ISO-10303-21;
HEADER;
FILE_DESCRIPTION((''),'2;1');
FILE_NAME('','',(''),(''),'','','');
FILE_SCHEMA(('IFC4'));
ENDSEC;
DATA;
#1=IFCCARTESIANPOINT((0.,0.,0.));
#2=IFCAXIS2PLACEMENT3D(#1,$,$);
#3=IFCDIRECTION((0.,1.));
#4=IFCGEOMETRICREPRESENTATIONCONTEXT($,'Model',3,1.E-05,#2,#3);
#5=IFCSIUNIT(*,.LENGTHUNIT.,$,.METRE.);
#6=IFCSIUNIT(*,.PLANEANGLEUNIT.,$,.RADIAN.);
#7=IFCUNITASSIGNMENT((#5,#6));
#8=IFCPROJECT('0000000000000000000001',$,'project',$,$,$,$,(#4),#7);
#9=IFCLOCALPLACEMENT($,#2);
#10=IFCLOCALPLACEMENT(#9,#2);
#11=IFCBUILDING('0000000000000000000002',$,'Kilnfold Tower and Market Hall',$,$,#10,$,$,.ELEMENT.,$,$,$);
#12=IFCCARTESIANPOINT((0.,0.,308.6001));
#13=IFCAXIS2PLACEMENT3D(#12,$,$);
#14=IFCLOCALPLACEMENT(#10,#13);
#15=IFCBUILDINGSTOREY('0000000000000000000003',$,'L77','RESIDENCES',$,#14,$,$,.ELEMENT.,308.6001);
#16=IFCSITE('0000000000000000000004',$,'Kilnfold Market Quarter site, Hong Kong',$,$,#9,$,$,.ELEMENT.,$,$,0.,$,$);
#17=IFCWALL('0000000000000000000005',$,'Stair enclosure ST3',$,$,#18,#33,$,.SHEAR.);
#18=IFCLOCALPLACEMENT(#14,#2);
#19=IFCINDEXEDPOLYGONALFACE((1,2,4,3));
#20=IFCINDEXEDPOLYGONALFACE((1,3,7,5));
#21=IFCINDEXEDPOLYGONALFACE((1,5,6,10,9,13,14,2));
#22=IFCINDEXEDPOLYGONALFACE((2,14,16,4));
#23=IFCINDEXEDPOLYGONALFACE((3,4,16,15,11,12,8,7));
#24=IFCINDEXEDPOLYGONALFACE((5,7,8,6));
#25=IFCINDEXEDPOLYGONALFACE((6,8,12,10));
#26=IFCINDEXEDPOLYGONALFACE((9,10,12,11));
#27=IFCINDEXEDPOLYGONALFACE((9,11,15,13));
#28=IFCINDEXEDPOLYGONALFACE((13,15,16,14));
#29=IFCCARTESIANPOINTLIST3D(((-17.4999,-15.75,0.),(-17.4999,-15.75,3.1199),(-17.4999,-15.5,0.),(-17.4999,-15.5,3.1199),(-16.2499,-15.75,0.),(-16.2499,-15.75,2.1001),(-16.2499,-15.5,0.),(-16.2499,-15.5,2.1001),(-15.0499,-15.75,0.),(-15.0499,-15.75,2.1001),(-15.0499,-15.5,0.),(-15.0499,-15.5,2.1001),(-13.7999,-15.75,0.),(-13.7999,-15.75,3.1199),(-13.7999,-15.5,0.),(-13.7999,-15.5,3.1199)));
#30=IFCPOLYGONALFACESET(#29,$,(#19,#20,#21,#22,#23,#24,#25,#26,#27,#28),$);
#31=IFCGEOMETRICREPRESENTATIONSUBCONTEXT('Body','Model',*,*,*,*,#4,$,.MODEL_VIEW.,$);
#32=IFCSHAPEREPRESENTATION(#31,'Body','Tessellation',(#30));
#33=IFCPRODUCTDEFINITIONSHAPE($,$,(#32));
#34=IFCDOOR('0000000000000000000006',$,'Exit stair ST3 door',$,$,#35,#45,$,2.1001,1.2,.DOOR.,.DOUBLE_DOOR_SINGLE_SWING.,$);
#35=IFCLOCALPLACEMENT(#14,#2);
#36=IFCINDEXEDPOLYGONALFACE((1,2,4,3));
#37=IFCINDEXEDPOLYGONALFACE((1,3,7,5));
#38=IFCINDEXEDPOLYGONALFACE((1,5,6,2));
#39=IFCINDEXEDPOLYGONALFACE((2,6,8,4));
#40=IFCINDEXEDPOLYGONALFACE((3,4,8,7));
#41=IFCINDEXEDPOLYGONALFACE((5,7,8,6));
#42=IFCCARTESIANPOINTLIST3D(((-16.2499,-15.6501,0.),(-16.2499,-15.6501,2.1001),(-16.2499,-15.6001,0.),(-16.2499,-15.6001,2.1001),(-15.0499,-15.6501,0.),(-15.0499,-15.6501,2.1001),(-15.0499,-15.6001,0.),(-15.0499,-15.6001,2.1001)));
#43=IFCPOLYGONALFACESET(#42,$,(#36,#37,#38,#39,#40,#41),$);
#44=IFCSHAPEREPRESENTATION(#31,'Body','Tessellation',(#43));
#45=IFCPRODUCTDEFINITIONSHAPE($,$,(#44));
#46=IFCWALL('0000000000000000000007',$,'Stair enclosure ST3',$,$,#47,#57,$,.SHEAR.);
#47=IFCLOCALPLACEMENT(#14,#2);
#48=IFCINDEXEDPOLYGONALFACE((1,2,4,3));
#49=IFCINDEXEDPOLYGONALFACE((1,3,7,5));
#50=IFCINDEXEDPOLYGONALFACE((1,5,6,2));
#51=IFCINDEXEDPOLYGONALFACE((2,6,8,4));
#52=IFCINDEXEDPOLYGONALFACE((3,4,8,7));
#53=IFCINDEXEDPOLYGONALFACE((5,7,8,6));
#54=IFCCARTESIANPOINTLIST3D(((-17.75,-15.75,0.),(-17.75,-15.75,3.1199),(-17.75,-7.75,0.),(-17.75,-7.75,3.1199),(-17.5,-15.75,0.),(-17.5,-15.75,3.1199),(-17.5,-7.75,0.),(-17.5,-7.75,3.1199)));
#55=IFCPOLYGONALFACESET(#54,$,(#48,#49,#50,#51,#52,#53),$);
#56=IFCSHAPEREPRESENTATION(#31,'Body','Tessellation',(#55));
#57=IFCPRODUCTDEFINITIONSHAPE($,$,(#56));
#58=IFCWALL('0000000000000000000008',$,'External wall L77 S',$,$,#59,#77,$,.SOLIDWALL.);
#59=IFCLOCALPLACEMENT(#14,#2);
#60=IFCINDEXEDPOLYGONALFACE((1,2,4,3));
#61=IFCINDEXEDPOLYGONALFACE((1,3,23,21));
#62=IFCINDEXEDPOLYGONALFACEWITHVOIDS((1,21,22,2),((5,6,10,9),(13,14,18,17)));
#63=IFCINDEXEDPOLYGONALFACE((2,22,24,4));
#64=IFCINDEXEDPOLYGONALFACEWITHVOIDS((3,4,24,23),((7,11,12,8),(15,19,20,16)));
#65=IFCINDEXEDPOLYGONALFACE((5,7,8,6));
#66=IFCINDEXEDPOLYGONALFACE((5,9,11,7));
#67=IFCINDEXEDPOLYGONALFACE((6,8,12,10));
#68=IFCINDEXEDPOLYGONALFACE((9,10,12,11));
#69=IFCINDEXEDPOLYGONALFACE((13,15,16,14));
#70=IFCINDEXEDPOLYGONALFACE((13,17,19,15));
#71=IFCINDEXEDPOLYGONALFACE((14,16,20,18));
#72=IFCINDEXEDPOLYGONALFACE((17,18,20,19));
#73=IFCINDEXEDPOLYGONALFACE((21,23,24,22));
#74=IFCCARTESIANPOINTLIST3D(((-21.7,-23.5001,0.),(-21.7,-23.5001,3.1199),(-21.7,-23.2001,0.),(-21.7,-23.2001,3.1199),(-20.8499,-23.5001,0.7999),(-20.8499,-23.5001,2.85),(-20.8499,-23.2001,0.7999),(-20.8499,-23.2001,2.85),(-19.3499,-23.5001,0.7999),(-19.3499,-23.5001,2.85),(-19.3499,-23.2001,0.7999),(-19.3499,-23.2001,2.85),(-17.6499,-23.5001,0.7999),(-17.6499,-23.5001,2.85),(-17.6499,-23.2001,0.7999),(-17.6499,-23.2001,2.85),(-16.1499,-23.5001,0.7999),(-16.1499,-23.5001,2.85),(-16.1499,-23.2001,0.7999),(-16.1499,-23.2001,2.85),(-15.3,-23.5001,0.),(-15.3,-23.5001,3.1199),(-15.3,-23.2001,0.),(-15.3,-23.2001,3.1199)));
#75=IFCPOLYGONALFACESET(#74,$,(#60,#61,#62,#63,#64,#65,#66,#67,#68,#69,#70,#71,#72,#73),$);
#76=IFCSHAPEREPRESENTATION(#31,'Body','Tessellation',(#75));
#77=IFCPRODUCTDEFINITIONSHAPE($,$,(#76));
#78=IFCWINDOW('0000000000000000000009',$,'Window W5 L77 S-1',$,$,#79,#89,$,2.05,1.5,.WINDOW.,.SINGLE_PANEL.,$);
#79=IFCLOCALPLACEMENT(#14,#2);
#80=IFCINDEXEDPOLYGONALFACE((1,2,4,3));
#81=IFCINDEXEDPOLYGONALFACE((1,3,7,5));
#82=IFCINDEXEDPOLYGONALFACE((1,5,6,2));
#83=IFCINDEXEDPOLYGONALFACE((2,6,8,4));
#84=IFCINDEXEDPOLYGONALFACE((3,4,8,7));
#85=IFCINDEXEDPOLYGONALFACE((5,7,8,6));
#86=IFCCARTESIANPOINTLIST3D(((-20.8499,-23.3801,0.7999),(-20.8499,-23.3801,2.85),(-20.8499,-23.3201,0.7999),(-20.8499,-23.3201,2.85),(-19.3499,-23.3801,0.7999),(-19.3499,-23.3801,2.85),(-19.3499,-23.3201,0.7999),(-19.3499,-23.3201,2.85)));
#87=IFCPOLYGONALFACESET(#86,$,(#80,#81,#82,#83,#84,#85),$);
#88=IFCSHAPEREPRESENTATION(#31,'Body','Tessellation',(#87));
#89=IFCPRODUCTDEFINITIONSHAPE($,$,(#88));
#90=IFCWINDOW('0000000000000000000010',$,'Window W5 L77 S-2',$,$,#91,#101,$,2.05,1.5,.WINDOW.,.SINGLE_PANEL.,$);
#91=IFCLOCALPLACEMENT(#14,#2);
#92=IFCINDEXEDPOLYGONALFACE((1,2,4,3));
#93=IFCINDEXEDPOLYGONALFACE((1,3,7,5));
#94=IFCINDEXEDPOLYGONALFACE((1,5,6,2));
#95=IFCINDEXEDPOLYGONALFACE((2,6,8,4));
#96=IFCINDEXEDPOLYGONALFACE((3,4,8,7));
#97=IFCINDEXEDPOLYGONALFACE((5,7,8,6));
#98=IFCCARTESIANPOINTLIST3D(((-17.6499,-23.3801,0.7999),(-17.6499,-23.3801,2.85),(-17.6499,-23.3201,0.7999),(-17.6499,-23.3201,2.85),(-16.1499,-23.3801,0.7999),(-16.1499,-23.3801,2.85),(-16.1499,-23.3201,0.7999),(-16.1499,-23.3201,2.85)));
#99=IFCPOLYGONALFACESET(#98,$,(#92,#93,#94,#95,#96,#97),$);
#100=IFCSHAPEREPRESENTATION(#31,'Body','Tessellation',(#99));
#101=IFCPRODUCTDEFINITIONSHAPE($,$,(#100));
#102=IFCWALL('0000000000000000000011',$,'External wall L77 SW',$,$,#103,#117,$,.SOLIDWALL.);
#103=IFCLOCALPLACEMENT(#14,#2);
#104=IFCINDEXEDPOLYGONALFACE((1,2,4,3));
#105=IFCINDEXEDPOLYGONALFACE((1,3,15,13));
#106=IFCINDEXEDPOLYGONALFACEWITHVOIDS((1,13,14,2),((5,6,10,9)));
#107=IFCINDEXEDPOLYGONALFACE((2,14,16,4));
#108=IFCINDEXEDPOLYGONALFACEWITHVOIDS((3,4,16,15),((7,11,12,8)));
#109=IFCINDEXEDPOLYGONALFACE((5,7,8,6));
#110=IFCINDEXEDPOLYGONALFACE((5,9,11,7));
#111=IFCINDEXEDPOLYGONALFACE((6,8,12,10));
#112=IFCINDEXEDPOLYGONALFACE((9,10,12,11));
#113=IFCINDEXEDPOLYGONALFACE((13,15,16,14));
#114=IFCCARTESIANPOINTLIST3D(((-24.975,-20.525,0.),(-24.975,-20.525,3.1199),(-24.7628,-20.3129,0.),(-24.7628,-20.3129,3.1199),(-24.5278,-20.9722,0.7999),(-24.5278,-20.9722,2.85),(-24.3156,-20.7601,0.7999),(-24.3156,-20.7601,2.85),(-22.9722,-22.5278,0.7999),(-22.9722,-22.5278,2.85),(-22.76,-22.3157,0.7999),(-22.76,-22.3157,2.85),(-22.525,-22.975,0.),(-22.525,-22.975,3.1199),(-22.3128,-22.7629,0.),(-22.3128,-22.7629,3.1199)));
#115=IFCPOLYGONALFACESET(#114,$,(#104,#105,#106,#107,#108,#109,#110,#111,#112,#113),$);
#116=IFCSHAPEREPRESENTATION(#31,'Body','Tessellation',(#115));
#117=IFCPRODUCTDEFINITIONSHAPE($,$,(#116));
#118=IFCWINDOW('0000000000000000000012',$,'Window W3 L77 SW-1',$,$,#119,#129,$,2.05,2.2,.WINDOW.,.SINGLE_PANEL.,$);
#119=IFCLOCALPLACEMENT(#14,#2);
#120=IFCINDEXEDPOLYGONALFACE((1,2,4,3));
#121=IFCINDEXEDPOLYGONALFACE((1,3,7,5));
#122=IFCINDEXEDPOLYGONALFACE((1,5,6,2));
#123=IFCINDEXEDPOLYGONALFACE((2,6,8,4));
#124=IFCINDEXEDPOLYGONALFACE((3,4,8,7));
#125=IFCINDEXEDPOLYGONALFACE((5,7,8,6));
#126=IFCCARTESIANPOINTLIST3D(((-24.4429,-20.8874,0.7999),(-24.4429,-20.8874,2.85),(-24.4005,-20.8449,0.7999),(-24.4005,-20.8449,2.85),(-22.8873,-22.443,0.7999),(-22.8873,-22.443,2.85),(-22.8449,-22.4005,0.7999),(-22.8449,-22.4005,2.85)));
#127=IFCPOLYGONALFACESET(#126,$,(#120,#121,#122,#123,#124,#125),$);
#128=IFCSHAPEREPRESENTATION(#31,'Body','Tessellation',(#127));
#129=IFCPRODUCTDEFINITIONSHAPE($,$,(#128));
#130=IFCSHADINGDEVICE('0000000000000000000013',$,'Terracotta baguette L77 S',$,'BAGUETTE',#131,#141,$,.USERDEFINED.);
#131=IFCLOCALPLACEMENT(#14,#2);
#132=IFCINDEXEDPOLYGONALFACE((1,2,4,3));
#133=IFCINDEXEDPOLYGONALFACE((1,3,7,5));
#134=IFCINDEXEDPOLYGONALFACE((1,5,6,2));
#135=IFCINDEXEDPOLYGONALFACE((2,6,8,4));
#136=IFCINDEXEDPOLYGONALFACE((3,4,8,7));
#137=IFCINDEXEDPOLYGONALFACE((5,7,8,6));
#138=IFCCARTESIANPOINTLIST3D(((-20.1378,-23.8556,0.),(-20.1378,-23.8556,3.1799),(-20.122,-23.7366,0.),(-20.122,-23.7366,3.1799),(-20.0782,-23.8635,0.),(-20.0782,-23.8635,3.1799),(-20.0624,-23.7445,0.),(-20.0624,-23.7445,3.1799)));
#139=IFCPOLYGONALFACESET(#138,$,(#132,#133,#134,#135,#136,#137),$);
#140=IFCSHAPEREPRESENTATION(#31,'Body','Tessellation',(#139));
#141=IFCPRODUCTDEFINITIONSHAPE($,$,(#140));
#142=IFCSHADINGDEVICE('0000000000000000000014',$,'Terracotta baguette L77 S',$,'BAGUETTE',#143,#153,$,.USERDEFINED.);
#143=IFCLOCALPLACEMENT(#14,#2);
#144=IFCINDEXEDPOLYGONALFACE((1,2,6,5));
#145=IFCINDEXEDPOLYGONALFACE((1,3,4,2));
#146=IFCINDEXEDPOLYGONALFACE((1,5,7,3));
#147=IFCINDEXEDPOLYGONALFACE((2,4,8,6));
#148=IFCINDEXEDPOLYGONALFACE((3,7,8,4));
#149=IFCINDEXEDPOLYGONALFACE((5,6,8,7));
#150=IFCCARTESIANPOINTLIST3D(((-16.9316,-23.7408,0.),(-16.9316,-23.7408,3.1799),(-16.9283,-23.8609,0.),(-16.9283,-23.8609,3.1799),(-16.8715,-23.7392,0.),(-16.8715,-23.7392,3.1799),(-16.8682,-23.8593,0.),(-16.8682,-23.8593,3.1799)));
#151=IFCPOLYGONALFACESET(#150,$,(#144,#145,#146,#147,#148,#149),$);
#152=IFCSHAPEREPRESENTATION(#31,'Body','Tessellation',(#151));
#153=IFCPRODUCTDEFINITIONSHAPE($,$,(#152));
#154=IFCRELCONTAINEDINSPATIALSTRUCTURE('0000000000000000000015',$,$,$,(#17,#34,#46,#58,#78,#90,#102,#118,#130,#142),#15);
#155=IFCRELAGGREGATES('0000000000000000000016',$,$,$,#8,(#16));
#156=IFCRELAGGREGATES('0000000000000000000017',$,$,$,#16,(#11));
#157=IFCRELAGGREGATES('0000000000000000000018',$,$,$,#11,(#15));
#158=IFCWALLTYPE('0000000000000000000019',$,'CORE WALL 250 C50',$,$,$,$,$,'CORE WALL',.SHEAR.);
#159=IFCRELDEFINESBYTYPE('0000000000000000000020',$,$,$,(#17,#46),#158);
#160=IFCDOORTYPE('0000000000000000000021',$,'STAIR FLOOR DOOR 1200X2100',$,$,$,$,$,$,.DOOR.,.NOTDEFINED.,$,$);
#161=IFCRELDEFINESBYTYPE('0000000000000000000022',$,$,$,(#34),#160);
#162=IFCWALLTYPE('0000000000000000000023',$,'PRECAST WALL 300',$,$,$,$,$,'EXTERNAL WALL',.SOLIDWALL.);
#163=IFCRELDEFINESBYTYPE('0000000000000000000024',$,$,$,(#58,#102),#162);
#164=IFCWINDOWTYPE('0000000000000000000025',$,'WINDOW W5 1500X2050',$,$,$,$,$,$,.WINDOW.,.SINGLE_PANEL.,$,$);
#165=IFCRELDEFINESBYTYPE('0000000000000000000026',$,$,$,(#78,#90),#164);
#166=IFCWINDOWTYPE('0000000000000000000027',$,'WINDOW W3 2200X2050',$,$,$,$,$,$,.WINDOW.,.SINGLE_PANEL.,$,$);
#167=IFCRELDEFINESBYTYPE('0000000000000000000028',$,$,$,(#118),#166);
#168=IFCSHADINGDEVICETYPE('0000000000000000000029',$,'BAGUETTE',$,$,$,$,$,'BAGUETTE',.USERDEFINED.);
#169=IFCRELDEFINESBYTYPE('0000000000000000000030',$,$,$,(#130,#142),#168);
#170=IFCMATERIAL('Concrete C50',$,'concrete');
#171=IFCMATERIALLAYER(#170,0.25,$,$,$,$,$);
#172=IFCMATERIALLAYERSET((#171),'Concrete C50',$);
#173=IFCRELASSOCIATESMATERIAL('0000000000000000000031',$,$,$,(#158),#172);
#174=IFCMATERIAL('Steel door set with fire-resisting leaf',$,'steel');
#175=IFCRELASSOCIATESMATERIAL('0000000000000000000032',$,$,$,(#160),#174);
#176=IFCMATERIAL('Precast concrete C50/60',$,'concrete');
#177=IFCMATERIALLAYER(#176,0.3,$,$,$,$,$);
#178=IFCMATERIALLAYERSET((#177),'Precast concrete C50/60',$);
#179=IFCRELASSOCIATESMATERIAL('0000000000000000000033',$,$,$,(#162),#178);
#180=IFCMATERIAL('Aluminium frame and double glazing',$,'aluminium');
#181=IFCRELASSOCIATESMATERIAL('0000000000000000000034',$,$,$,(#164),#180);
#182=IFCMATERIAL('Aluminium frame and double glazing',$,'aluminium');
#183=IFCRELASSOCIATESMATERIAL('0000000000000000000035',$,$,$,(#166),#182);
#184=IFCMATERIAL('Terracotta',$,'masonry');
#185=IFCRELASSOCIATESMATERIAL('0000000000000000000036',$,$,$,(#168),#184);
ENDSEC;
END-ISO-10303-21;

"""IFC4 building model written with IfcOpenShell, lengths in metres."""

from ifc_helpers import new_model, si_unit, direction, frame, frame_2d, origin, origin_2d, place, context, subcontext, project, spatial, rectangle, extrude, source, transform, mapped, material, layer, layer_set, material_profile, profile_set, type_object, element, fill, save


model = new_model("IFC4")

# Units and contexts
model_context = context("Model", 3, precision=1e-05, world=origin(), true_north=direction((0.0, 1.0)))
body_context = subcontext(model_context, "Body", "Model", "MODEL_VIEW")
ifc_project = project(units=[si_unit("LENGTHUNIT", "METRE"), si_unit("PLANEANGLEUNIT", "RADIAN")], contexts=[model_context])

# Site, building, storey
site_placement = place(None, origin())
site = spatial("IfcSite", under=ifc_project, at=site_placement, Name="Kilnfold Market Quarter site, Hong Kong", CompositionType="ELEMENT", RefElevation=0.0)
building_placement = place(site_placement, origin())
building = spatial("IfcBuilding", under=site, at=building_placement, Name="Kilnfold Tower and Market Hall", CompositionType="ELEMENT")
storey_placement = place(building_placement, frame((0.0, 0.0, 308.6001)))
storey = spatial("IfcBuildingStorey", under=building, at=storey_placement, Name="L77", Description="RESIDENCES", CompositionType="ELEMENT", Elevation=308.6001)

# Wall, opening, door
ifc_material_1 = material(Name="Concrete C50", Category="concrete")
ifc_layer_1 = layer(ifc_material_1, 0.25)
ifc_layer_set_1 = layer_set([ifc_layer_1], Name="Concrete C50")
wall_type_1 = type_object("IfcWallType", Name="CORE WALL 250 C50", ElementType="CORE WALL", PredefinedType="SHEAR", material=ifc_layer_set_1)
shared_shape_1 = source(origin(), body_context, "Body", "SweptSolid", [
    extrude(rectangle(XDim=3.7, YDim=0.25, at=frame_2d((1.8501, 0.0))), origin(), (0.0, 0.0, 1.0), 3.1199),
])
wall_1_placement = place(storey_placement, frame((-17.5, -15.625, 0.0), z_axis=(0.0, 0.0, 1.0), x_axis=(1.0, 0.0, 0.0)))
wall_1 = element("IfcWall", 1, at=wall_1_placement, inside=storey, type_object=wall_type_1, Name="Stair enclosure ST3", PredefinedType="SHEAR", context=body_context, shape_type="MappedRepresentation", body=[
    mapped(shared_shape_1, transform((0.0, 0.0, 0.0))),
])
opening_1_placement = place(wall_1_placement, frame((1.25, 0.0, 0.0)))
opening_1 = element("IfcOpeningElement", 2, at=opening_1_placement, cuts=wall_1, PredefinedType="OPENING", context=body_context, shape_type="SweptSolid", body=[
    extrude(rectangle(XDim=1.2, YDim=2.1001, at=frame_2d((0.6001, 1.05))), frame((0.0, 0.135, 0.0), z_axis=(0.0, -1.0, 0.0), x_axis=(1.0, 0.0, 0.0)), (0.0, 0.0, 1.0), 0.27),
])
ifc_material_2 = material(Name="Steel door set with fire-resisting leaf", Category="steel")
door_type_1 = type_object("IfcDoorType", Name="STAIR FLOOR DOOR 1200X2100", OperationType="NOTDEFINED", PredefinedType="DOOR", material=ifc_material_2)
door_1_placement = place(opening_1_placement, origin())
door_1 = element("IfcDoor", 3, at=door_1_placement, inside=storey, type_object=door_type_1, Name="Exit stair ST3 door", OperationType="DOUBLE_DOOR_SINGLE_SWING", OverallHeight=2.1001, OverallWidth=1.2, PredefinedType="DOOR", context=body_context, shape_type="SweptSolid", body=[
    extrude(rectangle(XDim=1.2, YDim=2.1001, at=frame_2d((0.6001, 1.05))), frame((0.0, 0.0249, 0.0), z_axis=(0.0, -1.0, 0.0), x_axis=(1.0, 0.0, 0.0)), (0.0, 0.0, 1.0), 0.05),
])
fill(opening_1, door_1)

# Wall
shared_shape_2 = source(origin(), body_context, "Body", "SweptSolid", [
    extrude(rectangle(XDim=8.0, YDim=0.25, at=frame_2d((4.0, 0.0))), origin(), (0.0, 0.0, 1.0), 3.1199),
])
wall_2_placement = place(storey_placement, frame((-17.625, -15.75, 0.0), z_axis=(0.0, 0.0, 1.0), x_axis=(0.0, 1.0, 0.0)))
element("IfcWall", 4, at=wall_2_placement, inside=storey, type_object=wall_type_1, Name="Stair enclosure ST3", PredefinedType="SHEAR", context=body_context, shape_type="MappedRepresentation", body=[
    mapped(shared_shape_2, transform((0.0, 0.0, 0.0))),
])

# Wall, openings, windows
ifc_material_3 = material(Name="Precast concrete C50/60", Category="concrete")
ifc_layer_2 = layer(ifc_material_3, 0.3)
ifc_layer_set_2 = layer_set([ifc_layer_2], Name="Precast concrete C50/60")
wall_type_2 = type_object("IfcWallType", Name="PRECAST WALL 300", ElementType="EXTERNAL WALL", PredefinedType="SOLIDWALL", material=ifc_layer_set_2)
shared_shape_3 = source(origin(), body_context, "Body", "SweptSolid", [
    extrude(rectangle(XDim=6.3999, YDim=0.3, at=frame_2d((3.2, 0.0))), origin(), (0.0, 0.0, 1.0), 3.1199),
])
wall_3_placement = place(storey_placement, frame((-21.7, -23.3501, 0.0), z_axis=(0.0, 0.0, 1.0), x_axis=(1.0, 0.0, 0.0)))
wall_3 = element("IfcWall", 5, at=wall_3_placement, inside=storey, type_object=wall_type_2, Name="External wall L77 S", PredefinedType="SOLIDWALL", context=body_context, shape_type="MappedRepresentation", body=[
    mapped(shared_shape_3, transform((0.0, 0.0, 0.0))),
])
opening_2_placement = place(wall_3_placement, frame((0.8501, 0.0, 0.8)))
opening_2 = element("IfcOpeningElement", 6, at=opening_2_placement, cuts=wall_3, PredefinedType="OPENING", context=body_context, shape_type="SweptSolid", body=[
    extrude(rectangle(XDim=1.5, YDim=2.05, at=frame_2d((0.75, 1.0249))), frame((0.0, 0.1602, 0.0), z_axis=(0.0, -1.0, 0.0), x_axis=(1.0, 0.0, 0.0)), (0.0, 0.0, 1.0), 0.3201),
])
opening_3_placement = place(wall_3_placement, frame((4.05, 0.0, 0.8)))
opening_3 = element("IfcOpeningElement", 7, at=opening_3_placement, cuts=wall_3, PredefinedType="OPENING", context=body_context, shape_type="SweptSolid", body=[
    extrude(rectangle(XDim=1.5, YDim=2.05, at=frame_2d((0.75, 1.0249))), frame((0.0, 0.1602, 0.0), z_axis=(0.0, -1.0, 0.0), x_axis=(1.0, 0.0, 0.0)), (0.0, 0.0, 1.0), 0.3201),
])
ifc_material_4 = material(Name="Aluminium frame and double glazing", Category="aluminium")
window_type_1 = type_object("IfcWindowType", Name="WINDOW W5 1500X2050", PartitioningType="SINGLE_PANEL", PredefinedType="WINDOW", material=ifc_material_4)
window_1_placement = place(opening_2_placement, origin())
window_1 = element("IfcWindow", 8, at=window_1_placement, inside=storey, type_object=window_type_1, Name="Window W5 L77 S-1", OverallHeight=2.05, OverallWidth=1.5, PartitioningType="SINGLE_PANEL", PredefinedType="WINDOW", context=body_context, shape_type="SweptSolid", body=[
    extrude(rectangle(XDim=1.5, YDim=2.05, at=frame_2d((0.75, 1.0249))), frame((0.0, 0.03, 0.0), z_axis=(0.0, -1.0, 0.0), x_axis=(1.0, 0.0, 0.0)), (0.0, 0.0, 1.0), 0.0601),
])
fill(opening_2, window_1)
window_2_placement = place(opening_3_placement, origin())
window_2 = element("IfcWindow", 9, at=window_2_placement, inside=storey, type_object=window_type_1, Name="Window W5 L77 S-2", OverallHeight=2.05, OverallWidth=1.5, PartitioningType="SINGLE_PANEL", PredefinedType="WINDOW", context=body_context, shape_type="SweptSolid", body=[
    extrude(rectangle(XDim=1.5, YDim=2.05, at=frame_2d((0.75, 1.0249))), frame((0.0, 0.03, 0.0), z_axis=(0.0, -1.0, 0.0), x_axis=(1.0, 0.0, 0.0)), (0.0, 0.0, 1.0), 0.0601),
])
fill(opening_3, window_2)

# Wall, opening, window
shared_shape_4 = source(origin(), body_context, "Body", "SweptSolid", [
    extrude(rectangle(XDim=3.4648, YDim=0.3, at=frame_2d((1.7324, 0.0))), origin(), (0.0, 0.0, 1.0), 3.1199),
])
wall_4_placement = place(storey_placement, frame((-24.8689, -20.4189, 0.0), z_axis=(0.0, 0.0, 1.0), x_axis=(0.707107, -0.707107, 0.0)))
wall_4 = element("IfcWall", 10, at=wall_4_placement, inside=storey, type_object=wall_type_2, Name="External wall L77 SW", PredefinedType="SOLIDWALL", context=body_context, shape_type="MappedRepresentation", body=[
    mapped(shared_shape_4, transform((0.0, 0.0, 0.0))),
])
opening_4_placement = place(wall_4_placement, frame((0.6323, 0.0, 0.8)))
opening_4 = element("IfcOpeningElement", 11, at=opening_4_placement, cuts=wall_4, PredefinedType="OPENING", context=body_context, shape_type="SweptSolid", body=[
    extrude(rectangle(XDim=2.2, YDim=2.05, at=frame_2d((1.1001, 1.0249))), frame((0.0, 0.1602, 0.0), z_axis=(0.0, -1.0, 0.0), x_axis=(1.0, 0.0, 0.0)), (0.0, 0.0, 1.0), 0.3201),
])
ifc_material_5 = material(Name="Aluminium frame and double glazing", Category="aluminium")
window_type_2 = type_object("IfcWindowType", Name="WINDOW W3 2200X2050", PartitioningType="SINGLE_PANEL", PredefinedType="WINDOW", material=ifc_material_5)
window_3_placement = place(opening_4_placement, origin())
window_3 = element("IfcWindow", 12, at=window_3_placement, inside=storey, type_object=window_type_2, Name="Window W3 L77 SW-1", OverallHeight=2.05, OverallWidth=2.2, PartitioningType="SINGLE_PANEL", PredefinedType="WINDOW", context=body_context, shape_type="SweptSolid", body=[
    extrude(rectangle(XDim=2.2, YDim=2.05, at=frame_2d((1.1001, 1.0249))), frame((0.0, 0.03, 0.0), z_axis=(0.0, -1.0, 0.0), x_axis=(1.0, 0.0, 0.0)), (0.0, 0.0, 1.0), 0.0601),
])
fill(opening_4, window_3)

# Shading devices
ifc_material_6 = material(Name="Terracotta", Category="masonry")
ifc_material_profile_1 = material_profile(ifc_material_6, rectangle(XDim=0.0601, YDim=0.1201, at=origin_2d()), Name="BAG 60x120")
ifc_profile_set_1 = profile_set([ifc_material_profile_1], Name="Terracotta")
shading_device_type = type_object("IfcShadingDeviceType", Name="BAGUETTE", ElementType="BAGUETTE", PredefinedType="USERDEFINED", material=ifc_profile_set_1)
shared_shape_5 = source(origin(), body_context, "Body", "SweptSolid", [
    extrude(rectangle(XDim=0.0601, YDim=0.1201, at=origin_2d()), origin(), (0.0, 0.0, 1.0), 3.1799),
])
for number, where, z_axis, x_axis, name in (
    (13, (-20.1001, -23.8, 0.0), (0.0, 0.0, 1.0), (0.991296, -0.131654, 0.0), "Terracotta baguette L77 S"),
    (14, (-16.8999, -23.8, 0.0), (0.0, 0.0, 1.0), (0.999628, 0.027267, 0.0), "Terracotta baguette L77 S"),
):
    element("IfcShadingDevice", number, at=place(storey_placement, frame(where, z_axis=z_axis, x_axis=x_axis)), inside=storey, type_object=shading_device_type, Name=name, ObjectType="BAGUETTE", PredefinedType="USERDEFINED", context=body_context, shape_type="MappedRepresentation", body=[
        mapped(shared_shape_5, transform((0.0, 0.0, 0.0))),
    ])

save(model, "model.ifc")
